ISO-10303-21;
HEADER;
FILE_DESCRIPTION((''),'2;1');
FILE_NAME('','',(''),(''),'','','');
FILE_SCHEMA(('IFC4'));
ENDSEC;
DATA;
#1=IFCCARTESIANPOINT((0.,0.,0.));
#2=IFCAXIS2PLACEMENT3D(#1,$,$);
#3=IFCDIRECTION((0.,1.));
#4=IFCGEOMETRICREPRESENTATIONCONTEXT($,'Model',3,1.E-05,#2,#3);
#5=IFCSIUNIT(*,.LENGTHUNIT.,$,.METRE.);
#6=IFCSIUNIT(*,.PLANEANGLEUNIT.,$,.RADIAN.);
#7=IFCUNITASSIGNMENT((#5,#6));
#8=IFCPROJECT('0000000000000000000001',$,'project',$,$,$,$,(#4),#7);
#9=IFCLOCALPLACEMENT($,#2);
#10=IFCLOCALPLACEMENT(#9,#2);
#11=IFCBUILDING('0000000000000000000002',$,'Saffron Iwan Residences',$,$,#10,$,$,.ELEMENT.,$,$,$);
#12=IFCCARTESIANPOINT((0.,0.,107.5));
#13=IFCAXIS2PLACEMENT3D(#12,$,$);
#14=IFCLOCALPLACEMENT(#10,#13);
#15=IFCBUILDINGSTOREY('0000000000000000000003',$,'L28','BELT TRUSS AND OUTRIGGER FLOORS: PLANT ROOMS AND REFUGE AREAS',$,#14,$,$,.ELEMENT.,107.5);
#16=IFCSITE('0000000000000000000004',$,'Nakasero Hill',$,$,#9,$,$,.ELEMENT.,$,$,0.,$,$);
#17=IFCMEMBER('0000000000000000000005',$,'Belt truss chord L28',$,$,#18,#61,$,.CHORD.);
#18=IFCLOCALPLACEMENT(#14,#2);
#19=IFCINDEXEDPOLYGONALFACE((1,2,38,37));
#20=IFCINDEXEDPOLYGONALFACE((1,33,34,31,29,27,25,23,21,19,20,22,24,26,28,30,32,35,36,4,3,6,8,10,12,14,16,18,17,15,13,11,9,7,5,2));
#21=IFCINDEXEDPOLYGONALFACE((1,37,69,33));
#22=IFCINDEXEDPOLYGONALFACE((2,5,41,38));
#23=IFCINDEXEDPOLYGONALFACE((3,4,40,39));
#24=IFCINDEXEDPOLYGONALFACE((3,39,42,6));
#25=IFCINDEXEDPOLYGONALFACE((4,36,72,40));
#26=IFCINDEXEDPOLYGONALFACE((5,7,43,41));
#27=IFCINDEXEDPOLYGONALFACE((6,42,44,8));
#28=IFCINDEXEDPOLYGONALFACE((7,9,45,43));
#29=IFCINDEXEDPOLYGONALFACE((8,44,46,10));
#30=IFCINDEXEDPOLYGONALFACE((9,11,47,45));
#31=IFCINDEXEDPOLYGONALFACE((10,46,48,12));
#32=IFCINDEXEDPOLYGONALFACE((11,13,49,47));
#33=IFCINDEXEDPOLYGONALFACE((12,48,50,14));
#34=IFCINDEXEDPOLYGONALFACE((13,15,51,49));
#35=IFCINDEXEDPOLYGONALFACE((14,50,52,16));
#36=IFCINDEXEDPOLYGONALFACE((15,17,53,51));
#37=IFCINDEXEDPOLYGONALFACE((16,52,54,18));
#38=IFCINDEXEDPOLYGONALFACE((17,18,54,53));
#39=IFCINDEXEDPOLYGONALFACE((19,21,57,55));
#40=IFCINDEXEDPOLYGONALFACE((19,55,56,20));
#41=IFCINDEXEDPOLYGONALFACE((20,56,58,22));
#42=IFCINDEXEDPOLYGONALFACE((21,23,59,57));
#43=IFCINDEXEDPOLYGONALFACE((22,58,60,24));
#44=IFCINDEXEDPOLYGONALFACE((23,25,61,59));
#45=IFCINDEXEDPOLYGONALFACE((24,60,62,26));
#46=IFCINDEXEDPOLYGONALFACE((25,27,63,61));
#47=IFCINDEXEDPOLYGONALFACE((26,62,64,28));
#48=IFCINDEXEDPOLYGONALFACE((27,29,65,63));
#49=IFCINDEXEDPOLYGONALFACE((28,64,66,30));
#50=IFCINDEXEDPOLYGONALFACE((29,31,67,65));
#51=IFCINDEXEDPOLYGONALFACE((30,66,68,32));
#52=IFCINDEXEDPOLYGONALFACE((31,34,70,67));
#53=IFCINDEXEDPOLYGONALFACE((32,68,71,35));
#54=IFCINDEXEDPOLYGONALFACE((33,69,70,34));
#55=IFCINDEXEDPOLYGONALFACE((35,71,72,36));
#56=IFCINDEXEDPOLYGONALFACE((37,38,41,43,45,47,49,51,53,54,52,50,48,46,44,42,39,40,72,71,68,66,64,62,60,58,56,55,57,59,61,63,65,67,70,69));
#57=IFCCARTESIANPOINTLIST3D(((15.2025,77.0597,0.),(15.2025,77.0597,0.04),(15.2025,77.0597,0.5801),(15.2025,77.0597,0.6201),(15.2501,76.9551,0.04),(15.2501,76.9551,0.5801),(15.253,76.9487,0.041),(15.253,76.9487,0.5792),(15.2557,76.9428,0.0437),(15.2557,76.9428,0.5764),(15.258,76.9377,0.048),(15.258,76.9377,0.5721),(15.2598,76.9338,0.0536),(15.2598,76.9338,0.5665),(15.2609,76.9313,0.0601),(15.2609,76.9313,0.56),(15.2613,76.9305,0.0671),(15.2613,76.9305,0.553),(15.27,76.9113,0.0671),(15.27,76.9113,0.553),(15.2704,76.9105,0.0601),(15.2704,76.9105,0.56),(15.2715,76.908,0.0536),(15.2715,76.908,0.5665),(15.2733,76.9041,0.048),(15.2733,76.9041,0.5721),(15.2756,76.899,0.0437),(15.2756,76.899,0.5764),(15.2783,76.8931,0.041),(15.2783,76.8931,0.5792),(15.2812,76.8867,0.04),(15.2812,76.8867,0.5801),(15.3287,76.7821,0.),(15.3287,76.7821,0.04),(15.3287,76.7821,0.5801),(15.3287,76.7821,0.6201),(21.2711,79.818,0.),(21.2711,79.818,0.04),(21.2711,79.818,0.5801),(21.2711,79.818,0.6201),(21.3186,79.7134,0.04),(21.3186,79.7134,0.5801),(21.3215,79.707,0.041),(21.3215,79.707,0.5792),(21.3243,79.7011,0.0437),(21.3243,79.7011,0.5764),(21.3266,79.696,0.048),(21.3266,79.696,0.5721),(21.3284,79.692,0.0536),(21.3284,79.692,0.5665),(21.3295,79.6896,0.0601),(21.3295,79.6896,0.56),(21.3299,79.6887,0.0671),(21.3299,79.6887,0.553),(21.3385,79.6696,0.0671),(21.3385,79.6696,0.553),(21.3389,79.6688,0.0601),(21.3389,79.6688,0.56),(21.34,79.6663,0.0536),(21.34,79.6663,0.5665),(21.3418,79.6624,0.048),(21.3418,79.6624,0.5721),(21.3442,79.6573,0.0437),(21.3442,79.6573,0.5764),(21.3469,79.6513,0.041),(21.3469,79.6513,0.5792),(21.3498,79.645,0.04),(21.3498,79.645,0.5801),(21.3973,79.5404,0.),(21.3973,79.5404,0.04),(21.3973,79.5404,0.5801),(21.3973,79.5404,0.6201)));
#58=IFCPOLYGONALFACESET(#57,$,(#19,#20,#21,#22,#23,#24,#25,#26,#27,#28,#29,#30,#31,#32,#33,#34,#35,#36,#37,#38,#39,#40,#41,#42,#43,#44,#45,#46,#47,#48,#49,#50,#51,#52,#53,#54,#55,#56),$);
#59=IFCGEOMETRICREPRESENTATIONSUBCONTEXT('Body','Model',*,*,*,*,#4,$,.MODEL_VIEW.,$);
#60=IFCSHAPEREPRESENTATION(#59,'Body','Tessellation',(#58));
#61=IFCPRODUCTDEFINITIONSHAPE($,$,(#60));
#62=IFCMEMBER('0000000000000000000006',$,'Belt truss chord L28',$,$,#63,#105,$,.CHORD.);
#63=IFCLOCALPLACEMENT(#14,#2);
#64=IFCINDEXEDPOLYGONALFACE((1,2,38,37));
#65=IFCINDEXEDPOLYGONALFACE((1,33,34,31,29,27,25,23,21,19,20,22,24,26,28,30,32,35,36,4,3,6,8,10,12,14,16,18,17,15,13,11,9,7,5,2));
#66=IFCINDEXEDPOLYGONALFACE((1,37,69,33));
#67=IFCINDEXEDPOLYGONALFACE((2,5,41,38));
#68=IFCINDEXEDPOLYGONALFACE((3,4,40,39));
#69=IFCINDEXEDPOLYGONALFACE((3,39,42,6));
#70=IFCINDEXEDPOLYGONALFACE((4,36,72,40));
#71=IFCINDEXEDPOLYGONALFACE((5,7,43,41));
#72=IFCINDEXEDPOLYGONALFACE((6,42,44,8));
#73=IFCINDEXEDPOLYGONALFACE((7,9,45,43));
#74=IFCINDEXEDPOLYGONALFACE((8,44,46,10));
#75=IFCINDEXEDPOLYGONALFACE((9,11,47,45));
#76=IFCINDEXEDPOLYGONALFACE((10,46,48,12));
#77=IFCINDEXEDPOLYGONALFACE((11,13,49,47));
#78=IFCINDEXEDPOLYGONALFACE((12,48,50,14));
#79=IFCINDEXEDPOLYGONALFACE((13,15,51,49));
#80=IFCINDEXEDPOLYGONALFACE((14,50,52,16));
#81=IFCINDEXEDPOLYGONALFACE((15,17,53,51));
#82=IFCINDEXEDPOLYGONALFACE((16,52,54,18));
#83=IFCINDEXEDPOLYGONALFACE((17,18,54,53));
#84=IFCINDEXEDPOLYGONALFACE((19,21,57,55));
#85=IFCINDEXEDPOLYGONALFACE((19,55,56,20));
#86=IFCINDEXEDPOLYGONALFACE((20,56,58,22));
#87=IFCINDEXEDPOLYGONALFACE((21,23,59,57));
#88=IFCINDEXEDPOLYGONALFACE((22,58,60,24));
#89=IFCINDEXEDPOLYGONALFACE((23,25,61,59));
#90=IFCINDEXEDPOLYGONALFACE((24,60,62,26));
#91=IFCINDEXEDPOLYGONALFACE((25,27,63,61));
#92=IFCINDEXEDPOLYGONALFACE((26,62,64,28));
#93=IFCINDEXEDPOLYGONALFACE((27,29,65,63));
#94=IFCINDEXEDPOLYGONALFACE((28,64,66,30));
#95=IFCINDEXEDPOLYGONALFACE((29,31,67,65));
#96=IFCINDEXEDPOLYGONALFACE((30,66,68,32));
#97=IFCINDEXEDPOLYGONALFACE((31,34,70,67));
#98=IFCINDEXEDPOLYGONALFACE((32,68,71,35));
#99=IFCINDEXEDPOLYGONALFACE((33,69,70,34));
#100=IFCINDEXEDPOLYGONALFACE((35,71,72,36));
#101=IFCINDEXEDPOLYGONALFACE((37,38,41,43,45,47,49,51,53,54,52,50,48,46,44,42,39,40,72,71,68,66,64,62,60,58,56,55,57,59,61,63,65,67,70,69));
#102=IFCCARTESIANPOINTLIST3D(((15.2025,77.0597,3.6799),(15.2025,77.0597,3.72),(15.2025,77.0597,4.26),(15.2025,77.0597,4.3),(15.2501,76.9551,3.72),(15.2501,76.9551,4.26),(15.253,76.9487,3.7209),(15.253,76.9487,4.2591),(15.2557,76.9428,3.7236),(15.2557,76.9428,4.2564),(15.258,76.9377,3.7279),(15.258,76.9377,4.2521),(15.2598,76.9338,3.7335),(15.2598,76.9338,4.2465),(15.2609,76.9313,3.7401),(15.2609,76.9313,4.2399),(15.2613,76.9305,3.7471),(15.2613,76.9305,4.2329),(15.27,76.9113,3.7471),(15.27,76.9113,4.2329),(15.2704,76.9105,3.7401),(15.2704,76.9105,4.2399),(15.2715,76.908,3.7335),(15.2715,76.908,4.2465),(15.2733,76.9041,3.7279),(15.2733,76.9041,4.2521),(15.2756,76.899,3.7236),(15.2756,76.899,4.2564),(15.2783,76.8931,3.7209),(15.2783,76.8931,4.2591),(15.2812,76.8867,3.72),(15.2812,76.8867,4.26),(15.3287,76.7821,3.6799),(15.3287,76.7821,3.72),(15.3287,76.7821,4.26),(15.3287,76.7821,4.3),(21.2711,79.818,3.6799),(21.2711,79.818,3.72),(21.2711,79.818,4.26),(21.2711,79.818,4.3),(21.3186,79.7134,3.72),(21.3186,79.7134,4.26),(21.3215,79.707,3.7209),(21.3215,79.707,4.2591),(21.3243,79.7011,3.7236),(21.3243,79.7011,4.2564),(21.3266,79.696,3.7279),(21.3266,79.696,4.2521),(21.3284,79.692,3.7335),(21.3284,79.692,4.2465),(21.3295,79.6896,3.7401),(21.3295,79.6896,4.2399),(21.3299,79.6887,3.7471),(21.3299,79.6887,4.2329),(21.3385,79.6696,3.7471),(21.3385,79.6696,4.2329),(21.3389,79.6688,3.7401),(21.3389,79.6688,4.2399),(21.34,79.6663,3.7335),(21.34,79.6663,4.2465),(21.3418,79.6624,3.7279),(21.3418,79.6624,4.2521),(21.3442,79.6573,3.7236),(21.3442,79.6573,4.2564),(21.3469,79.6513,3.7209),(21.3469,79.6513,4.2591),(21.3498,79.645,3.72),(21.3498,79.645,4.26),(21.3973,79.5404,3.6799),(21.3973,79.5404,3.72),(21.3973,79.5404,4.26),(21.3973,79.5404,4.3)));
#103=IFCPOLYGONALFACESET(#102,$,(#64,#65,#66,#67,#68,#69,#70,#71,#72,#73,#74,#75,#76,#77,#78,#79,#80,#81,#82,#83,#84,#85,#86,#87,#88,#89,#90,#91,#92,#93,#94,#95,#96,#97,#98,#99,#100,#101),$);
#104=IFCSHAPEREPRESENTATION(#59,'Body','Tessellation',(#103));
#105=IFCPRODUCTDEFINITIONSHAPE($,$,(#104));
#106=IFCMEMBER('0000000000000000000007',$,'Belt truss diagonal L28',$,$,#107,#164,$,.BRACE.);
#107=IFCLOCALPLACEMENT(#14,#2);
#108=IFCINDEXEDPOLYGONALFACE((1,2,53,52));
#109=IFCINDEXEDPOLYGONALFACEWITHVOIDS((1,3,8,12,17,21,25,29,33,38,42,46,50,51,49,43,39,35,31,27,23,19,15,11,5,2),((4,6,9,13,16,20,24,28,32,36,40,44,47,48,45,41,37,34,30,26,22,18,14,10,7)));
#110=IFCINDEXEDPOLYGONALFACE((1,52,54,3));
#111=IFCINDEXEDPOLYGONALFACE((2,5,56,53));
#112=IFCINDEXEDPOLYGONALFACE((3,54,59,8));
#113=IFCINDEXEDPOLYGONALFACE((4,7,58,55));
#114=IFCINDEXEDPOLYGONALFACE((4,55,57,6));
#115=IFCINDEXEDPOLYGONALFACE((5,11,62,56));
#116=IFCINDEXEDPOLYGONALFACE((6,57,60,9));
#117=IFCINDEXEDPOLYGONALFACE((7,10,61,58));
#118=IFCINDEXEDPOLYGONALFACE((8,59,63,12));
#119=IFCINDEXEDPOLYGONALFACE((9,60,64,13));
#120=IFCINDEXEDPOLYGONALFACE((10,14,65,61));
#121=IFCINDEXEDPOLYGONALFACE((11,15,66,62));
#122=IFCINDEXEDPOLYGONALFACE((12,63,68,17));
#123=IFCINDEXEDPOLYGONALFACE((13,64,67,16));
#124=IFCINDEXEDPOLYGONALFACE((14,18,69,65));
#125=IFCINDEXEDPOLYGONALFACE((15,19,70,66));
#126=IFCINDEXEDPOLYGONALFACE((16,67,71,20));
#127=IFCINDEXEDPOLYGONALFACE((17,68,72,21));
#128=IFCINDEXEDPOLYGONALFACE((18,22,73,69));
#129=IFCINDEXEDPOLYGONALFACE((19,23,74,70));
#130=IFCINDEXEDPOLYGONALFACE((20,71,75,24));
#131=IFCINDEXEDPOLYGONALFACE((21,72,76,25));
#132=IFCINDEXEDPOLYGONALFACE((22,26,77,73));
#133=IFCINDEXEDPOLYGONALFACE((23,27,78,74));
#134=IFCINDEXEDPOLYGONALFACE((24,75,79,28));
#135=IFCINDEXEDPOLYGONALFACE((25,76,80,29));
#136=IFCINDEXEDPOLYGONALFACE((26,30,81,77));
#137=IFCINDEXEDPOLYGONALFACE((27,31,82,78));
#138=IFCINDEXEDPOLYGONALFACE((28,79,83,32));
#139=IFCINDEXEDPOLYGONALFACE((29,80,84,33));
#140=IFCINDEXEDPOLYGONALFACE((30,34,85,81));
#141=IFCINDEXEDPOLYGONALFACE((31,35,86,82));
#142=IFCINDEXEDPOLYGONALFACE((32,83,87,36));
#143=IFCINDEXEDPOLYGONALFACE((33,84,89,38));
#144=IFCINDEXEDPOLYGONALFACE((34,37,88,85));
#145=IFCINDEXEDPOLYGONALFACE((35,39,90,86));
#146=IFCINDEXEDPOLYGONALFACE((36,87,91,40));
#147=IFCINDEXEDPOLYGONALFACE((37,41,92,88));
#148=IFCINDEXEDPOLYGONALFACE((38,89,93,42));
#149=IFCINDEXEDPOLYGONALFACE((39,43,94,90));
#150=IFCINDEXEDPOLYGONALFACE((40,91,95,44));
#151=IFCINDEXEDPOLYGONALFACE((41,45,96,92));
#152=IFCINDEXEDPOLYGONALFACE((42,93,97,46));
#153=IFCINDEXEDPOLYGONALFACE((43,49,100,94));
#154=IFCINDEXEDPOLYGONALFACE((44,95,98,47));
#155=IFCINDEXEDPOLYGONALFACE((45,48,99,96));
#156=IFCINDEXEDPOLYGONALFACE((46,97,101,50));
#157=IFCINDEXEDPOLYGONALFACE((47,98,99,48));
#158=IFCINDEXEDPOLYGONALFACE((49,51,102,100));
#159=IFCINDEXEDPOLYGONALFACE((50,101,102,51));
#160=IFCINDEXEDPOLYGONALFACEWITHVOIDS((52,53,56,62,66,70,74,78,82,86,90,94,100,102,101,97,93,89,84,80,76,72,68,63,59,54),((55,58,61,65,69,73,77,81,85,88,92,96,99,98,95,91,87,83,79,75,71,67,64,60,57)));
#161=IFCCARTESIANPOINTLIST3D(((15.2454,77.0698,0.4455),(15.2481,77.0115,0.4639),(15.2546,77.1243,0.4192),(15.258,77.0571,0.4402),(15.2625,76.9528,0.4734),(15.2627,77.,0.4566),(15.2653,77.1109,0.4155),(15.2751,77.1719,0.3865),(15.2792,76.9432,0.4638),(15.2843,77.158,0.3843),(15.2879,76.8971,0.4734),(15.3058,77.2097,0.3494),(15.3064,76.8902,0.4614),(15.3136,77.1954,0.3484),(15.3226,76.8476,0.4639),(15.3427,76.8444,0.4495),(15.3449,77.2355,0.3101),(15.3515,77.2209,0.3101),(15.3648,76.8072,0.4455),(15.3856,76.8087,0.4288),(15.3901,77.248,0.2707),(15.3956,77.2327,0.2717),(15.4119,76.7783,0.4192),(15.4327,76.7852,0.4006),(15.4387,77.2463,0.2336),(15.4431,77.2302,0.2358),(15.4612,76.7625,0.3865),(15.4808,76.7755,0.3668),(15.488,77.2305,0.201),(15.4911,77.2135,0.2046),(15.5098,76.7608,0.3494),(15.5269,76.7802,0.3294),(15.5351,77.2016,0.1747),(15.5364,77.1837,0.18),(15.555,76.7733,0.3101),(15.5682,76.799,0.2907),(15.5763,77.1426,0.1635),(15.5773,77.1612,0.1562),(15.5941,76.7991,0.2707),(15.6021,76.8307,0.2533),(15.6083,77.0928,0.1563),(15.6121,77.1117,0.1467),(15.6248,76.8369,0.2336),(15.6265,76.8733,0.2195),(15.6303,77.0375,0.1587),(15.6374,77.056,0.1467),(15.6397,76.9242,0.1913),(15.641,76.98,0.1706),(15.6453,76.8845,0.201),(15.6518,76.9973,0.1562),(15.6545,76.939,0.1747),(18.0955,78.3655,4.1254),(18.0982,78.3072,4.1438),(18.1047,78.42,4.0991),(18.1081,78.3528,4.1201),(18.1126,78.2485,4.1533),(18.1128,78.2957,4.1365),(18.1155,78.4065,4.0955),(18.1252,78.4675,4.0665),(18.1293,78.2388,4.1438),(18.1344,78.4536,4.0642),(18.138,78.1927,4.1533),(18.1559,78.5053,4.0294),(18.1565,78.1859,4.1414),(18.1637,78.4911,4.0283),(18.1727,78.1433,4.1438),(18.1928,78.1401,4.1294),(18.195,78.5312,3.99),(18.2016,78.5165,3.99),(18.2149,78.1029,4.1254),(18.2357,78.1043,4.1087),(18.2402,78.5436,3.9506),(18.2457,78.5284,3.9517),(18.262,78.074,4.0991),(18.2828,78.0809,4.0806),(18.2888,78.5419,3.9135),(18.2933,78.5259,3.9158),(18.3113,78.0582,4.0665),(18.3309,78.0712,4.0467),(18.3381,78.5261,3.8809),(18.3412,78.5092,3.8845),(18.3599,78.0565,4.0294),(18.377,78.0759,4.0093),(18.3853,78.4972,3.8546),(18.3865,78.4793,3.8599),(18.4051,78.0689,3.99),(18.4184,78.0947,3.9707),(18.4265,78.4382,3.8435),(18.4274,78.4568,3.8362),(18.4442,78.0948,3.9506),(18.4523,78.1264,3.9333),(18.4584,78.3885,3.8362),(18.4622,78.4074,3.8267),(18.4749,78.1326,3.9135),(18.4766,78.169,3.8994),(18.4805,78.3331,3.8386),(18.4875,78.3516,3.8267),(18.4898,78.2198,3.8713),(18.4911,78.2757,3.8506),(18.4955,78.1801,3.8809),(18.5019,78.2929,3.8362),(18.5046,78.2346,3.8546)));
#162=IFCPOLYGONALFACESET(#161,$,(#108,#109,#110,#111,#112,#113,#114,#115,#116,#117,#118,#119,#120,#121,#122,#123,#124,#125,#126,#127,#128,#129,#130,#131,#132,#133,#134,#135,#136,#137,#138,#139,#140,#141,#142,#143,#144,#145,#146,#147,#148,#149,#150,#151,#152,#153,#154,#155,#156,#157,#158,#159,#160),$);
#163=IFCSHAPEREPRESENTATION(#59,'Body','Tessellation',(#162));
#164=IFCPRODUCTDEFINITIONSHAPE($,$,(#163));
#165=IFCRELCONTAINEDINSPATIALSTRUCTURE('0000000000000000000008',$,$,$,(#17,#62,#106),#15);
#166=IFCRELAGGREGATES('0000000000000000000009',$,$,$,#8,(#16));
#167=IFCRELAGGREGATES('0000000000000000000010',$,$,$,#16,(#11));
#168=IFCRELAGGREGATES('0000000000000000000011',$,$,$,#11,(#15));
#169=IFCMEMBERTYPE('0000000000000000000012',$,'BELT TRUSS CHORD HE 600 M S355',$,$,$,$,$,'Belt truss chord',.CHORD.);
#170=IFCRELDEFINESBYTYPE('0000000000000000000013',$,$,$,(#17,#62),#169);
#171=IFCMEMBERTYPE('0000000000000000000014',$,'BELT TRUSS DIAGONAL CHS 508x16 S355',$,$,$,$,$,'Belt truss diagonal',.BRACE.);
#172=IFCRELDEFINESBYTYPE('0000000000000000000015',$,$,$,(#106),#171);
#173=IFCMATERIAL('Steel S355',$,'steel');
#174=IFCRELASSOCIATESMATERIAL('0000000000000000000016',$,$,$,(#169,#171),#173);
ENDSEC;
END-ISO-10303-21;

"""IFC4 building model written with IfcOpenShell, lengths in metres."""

from ifc_helpers import new_model, si_unit, direction, frame, origin, origin_2d, place, context, subcontext, project, spatial, hollow_circle, i_section, extrude, source, transform, mapped, material, material_profile, profile_set, type_object, element, save


model = new_model("IFC4")

# Units and contexts
model_context = context("Model", 3, precision=1e-05, world=origin(), true_north=direction((0.0, 1.0)))
body_context = subcontext(model_context, "Body", "Model", "MODEL_VIEW")
ifc_project = project(units=[si_unit("LENGTHUNIT", "METRE"), si_unit("PLANEANGLEUNIT", "RADIAN")], contexts=[model_context])

# Site, building, storey
site_placement = place(None, origin())
site = spatial("IfcSite", under=ifc_project, at=site_placement, Name="Nakasero Hill", CompositionType="ELEMENT", RefElevation=0.0)
building_placement = place(site_placement, origin())
building = spatial("IfcBuilding", under=site, at=building_placement, Name="Saffron Iwan Residences", CompositionType="ELEMENT")
storey_placement = place(building_placement, frame((0.0, 0.0, 107.5)))
storey = spatial("IfcBuildingStorey", under=building, at=storey_placement, Name="L28", Description="BELT TRUSS AND OUTRIGGER FLOORS: PLANT ROOMS AND REFUGE AREAS", CompositionType="ELEMENT", Elevation=107.5)

# Members
ifc_material_1 = material(Name="Steel S355", Category="steel")
ifc_material_profile_1 = material_profile(ifc_material_1, i_section(OverallWidth=0.3049, OverallDepth=0.6201, WebThickness=0.021, FlangeThickness=0.04, FilletRadius=0.0271, at=origin_2d()), Name="HE 600 M")
ifc_profile_set_1 = profile_set([ifc_material_profile_1], Name="Steel S355")
member_type_1 = type_object("IfcMemberType", Name="BELT TRUSS CHORD HE 600 M S355", ElementType="Belt truss chord", PredefinedType="CHORD", material=ifc_profile_set_1)
ifc_material_profile_2 = material_profile(ifc_material_1, hollow_circle(Radius=0.2539, WallThickness=0.0161, at=origin_2d()), Name="CHS 508x16")
ifc_profile_set_2 = profile_set([ifc_material_profile_2], Name="Steel S355")
member_type_2 = type_object("IfcMemberType", Name="BELT TRUSS DIAGONAL CHS 508x16 S355", ElementType="Belt truss diagonal", PredefinedType="BRACE", material=ifc_profile_set_2)
shared_shape_1 = source(origin(), body_context, "Body", "SweptSolid", [
    extrude(i_section(OverallWidth=0.3049, OverallDepth=0.6201, WebThickness=0.021, FlangeThickness=0.04, FilletRadius=0.0271, at=origin_2d()), origin(), (0.0, 0.0, 1.0), 6.666),
])
for number, where, z_axis, x_axis, name in (
    (1, (15.2656, 76.9209, 0.3101), (0.910375, 0.413784, 0.0), (-0.413784, 0.910375, 0.0), "Belt truss chord L28"),
    (2, (15.2656, 76.9209, 3.99), (0.910375, 0.413784, 0.0), (-0.413784, 0.910375, 0.0), "Belt truss chord L28"),
):
    element("IfcMember", number, at=place(storey_placement, frame(where, z_axis=z_axis, x_axis=x_axis)), inside=storey, type_object=member_type_1, Name=name, PredefinedType="CHORD", context=body_context, shape_type="MappedRepresentation", body=[
        mapped(shared_shape_1, transform((0.0, 0.0, 0.0))),
    ])
shared_shape_2 = source(origin(), body_context, "Body", "SweptSolid", [
    extrude(hollow_circle(Radius=0.2539, WallThickness=0.0161, at=origin_2d()), origin(), (0.0, 0.0, 1.0), 4.8315),
])
member_1_placement = place(storey_placement, frame((15.45, 77.0044, 0.3101), z_axis=(0.589896, 0.268167, 0.761649), x_axis=(-0.413844, 0.910348, 0.0)))
element("IfcMember", 3, at=member_1_placement, inside=storey, type_object=member_type_2, Name="Belt truss diagonal L28", PredefinedType="BRACE", context=body_context, shape_type="MappedRepresentation", body=[
    mapped(shared_shape_2, transform((0.0, 0.0, 0.0))),
])

save(model, "model.ifc")
